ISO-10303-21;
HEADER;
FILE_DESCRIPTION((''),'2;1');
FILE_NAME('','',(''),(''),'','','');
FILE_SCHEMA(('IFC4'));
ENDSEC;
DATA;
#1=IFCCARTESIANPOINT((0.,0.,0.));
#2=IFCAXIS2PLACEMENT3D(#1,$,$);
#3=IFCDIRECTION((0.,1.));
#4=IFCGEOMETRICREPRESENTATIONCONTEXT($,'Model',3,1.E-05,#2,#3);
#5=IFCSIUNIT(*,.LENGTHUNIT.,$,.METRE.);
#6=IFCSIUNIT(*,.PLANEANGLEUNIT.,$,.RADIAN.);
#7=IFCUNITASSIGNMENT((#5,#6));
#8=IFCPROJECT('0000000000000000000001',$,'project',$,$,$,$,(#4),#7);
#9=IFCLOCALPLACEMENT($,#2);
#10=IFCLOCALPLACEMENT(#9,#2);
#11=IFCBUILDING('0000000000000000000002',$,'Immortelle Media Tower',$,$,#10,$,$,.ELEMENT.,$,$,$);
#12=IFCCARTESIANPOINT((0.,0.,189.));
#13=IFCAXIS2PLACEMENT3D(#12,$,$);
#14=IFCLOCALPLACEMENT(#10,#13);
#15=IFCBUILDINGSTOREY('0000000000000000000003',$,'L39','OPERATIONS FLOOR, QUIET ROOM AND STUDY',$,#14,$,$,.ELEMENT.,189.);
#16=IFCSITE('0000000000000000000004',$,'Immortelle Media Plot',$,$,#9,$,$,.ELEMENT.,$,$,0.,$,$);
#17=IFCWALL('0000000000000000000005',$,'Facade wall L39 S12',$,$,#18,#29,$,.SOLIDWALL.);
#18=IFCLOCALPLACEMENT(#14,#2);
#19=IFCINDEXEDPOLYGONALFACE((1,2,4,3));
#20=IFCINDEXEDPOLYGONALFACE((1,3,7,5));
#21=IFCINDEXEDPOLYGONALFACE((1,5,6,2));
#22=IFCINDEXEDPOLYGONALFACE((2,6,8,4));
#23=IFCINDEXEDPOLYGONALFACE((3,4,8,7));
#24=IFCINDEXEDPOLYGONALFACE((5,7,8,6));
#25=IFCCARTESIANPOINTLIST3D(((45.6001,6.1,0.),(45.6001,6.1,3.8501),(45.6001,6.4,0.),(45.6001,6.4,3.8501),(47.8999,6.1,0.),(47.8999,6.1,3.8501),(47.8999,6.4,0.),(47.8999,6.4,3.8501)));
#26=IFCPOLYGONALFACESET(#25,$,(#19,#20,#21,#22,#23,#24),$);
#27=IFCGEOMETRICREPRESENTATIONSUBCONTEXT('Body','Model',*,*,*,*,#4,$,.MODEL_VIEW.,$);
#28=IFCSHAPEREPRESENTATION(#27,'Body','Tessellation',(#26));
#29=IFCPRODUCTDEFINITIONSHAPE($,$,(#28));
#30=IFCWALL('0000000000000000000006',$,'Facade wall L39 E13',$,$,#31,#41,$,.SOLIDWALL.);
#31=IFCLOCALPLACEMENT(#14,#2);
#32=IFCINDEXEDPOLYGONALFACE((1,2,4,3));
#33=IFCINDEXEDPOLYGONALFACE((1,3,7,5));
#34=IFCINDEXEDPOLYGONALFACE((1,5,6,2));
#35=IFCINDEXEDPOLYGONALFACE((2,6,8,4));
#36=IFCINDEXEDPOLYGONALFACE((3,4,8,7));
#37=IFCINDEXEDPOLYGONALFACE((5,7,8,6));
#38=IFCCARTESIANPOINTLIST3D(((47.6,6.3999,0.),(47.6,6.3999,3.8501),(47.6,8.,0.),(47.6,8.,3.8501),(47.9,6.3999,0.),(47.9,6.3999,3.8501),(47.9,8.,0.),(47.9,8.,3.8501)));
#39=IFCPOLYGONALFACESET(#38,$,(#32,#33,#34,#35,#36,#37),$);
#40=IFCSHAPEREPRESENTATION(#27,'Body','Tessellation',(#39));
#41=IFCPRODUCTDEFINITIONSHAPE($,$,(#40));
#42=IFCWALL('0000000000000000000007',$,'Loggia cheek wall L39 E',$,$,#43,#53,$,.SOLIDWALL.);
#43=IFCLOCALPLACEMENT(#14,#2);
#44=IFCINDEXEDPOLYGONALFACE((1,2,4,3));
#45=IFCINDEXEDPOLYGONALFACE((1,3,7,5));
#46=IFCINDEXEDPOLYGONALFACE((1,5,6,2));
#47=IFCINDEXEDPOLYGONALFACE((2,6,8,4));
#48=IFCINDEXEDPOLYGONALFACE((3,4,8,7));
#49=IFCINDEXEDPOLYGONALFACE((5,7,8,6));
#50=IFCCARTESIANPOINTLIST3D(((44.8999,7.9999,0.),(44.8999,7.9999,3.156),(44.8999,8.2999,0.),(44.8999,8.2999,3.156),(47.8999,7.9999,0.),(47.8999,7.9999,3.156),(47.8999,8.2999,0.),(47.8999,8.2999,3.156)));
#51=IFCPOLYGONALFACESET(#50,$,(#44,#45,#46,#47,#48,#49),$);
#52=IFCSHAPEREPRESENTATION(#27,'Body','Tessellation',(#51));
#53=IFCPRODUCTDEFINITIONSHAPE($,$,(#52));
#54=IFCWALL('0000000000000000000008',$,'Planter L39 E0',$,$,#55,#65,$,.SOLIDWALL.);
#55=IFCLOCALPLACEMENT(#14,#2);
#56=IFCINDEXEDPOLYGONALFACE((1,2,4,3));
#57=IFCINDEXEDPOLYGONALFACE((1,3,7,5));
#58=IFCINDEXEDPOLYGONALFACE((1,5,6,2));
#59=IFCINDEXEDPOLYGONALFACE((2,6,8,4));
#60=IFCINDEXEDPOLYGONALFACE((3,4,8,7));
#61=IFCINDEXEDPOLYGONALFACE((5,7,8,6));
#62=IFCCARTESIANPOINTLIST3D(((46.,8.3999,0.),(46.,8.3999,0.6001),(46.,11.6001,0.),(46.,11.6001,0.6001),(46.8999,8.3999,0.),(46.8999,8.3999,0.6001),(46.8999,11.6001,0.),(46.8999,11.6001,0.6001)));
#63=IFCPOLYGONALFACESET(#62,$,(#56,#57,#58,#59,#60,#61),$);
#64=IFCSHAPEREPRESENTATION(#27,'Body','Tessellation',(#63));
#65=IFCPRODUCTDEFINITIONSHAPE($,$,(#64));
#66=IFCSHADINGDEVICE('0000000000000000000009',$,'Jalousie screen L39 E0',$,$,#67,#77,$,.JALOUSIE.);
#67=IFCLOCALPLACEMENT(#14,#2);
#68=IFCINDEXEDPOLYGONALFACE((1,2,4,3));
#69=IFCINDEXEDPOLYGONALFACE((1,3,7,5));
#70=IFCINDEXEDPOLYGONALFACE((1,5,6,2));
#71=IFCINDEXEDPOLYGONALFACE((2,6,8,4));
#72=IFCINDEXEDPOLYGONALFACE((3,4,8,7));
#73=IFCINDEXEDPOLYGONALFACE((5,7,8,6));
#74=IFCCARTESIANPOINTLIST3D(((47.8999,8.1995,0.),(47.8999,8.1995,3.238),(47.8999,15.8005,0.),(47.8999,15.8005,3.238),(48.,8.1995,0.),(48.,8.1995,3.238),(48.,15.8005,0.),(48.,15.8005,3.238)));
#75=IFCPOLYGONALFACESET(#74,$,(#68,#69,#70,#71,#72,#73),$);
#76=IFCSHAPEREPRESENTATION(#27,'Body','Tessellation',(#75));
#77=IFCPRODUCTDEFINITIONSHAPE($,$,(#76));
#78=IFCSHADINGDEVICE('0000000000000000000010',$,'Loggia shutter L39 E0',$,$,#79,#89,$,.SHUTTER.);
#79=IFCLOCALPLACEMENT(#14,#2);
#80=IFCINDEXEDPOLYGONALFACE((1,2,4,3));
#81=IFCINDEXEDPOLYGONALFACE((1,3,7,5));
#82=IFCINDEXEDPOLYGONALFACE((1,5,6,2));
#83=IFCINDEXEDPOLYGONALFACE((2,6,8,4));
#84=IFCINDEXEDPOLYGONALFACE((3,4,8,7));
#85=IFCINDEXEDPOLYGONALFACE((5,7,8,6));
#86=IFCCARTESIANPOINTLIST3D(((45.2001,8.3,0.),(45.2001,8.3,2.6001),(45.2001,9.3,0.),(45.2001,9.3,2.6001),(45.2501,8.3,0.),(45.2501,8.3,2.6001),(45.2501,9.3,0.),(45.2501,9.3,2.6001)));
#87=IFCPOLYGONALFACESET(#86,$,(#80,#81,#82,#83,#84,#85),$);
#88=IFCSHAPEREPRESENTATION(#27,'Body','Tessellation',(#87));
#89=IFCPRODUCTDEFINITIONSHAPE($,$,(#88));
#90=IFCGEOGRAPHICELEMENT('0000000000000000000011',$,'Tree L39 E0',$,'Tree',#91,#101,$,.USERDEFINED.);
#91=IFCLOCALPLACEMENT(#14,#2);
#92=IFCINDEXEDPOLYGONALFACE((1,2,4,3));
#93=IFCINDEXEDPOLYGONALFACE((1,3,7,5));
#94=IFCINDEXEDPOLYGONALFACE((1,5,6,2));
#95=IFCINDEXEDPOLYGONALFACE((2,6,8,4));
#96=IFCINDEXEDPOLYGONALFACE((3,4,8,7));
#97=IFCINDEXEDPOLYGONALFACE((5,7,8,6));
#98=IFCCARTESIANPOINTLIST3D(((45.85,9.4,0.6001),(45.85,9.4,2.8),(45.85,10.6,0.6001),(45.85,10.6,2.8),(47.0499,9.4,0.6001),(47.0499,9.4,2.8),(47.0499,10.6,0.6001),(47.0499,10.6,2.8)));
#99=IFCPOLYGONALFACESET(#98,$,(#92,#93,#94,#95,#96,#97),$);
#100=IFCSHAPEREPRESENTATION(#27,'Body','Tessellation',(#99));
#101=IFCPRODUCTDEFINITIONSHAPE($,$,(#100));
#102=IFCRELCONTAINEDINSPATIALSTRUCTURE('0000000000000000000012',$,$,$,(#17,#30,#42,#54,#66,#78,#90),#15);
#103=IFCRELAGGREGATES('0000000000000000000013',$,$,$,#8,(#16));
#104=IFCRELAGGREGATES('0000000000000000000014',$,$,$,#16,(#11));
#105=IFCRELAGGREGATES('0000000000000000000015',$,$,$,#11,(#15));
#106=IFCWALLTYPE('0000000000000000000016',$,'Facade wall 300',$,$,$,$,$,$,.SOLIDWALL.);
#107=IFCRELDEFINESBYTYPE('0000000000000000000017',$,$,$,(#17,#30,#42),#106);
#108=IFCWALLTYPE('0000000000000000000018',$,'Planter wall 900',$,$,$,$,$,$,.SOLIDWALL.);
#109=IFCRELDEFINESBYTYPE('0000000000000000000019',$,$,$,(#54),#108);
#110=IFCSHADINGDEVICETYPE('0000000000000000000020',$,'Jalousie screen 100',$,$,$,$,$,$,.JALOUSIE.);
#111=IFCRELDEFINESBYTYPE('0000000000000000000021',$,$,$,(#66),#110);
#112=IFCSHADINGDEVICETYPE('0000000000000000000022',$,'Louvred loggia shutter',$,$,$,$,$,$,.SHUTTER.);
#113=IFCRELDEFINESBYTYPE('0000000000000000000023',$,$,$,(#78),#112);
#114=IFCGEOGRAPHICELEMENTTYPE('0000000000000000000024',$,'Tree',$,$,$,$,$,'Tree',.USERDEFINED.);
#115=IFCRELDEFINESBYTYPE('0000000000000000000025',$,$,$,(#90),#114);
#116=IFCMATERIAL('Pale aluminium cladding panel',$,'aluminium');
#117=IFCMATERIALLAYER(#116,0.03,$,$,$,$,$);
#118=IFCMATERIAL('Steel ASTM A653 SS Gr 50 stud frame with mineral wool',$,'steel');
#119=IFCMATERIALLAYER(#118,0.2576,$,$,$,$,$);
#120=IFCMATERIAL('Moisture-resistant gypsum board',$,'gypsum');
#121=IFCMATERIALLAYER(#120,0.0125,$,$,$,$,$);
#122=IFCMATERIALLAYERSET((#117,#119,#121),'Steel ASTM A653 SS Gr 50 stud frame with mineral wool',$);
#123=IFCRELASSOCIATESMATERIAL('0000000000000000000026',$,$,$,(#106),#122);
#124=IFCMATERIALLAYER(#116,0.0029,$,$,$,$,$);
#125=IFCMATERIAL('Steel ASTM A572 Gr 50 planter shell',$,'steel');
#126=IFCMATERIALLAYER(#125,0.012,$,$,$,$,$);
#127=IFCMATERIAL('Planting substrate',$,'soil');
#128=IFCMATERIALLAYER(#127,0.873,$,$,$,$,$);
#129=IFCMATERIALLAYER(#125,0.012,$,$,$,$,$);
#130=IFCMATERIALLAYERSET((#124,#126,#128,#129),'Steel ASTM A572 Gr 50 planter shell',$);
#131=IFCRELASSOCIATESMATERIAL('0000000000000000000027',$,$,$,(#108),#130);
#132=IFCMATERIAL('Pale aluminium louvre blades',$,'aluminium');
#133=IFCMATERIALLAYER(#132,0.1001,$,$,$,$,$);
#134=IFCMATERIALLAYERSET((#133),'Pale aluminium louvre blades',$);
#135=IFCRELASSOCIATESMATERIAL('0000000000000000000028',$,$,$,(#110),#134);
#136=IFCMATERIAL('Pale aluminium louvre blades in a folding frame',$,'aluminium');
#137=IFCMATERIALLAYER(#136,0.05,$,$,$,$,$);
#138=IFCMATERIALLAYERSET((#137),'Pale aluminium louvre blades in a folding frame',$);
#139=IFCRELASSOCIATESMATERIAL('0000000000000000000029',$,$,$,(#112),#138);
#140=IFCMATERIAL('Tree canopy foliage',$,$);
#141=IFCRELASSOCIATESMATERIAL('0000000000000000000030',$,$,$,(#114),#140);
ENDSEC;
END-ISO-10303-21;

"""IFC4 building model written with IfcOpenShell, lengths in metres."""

from ifc_helpers import new_model, si_unit, direction, frame, frame_2d, origin, origin_2d, place, context, subcontext, project, spatial, rectangle, extrude, material, layer, layer_set, type_object, element, save


model = new_model("IFC4")

# Units and contexts
model_context = context("Model", 3, precision=1e-05, world=origin(), true_north=direction((0.0, 1.0)))
body_context = subcontext(model_context, "Body", "Model", "MODEL_VIEW")
ifc_project = project(units=[si_unit("LENGTHUNIT", "METRE"), si_unit("PLANEANGLEUNIT", "RADIAN")], contexts=[model_context])

# Site, building, storey
site_placement = place(None, origin())
site = spatial("IfcSite", under=ifc_project, at=site_placement, Name="Immortelle Media Plot", CompositionType="ELEMENT", RefElevation=0.0)
building_placement = place(site_placement, origin())
building = spatial("IfcBuilding", under=site, at=building_placement, Name="Immortelle Media Tower", CompositionType="ELEMENT")
storey_placement = place(building_placement, frame((0.0, 0.0, 189.0)))
storey = spatial("IfcBuildingStorey", under=building, at=storey_placement, Name="L39", Description="OPERATIONS FLOOR, QUIET ROOM AND STUDY", CompositionType="ELEMENT", Elevation=189.0)

# Walls
ifc_material_1 = material(Name="Pale aluminium cladding panel", Category="aluminium")
ifc_layer_1 = layer(ifc_material_1, 0.03)
ifc_material_2 = material(Name="Steel ASTM A653 SS Gr 50 stud frame with mineral wool", Category="steel")
ifc_layer_2 = layer(ifc_material_2, 0.2576)
ifc_material_3 = material(Name="Moisture-resistant gypsum board", Category="gypsum")
ifc_layer_3 = layer(ifc_material_3, 0.0125)
ifc_layer_set_1 = layer_set([ifc_layer_1, ifc_layer_2, ifc_layer_3], Name="Steel ASTM A653 SS Gr 50 stud frame with mineral wool")
wall_type_1 = type_object("IfcWallType", Name="Facade wall 300", PredefinedType="SOLIDWALL", material=ifc_layer_set_1)
wall_1_placement = place(storey_placement, frame((45.6001, 6.25, 0.0), z_axis=(0.0, 0.0, 1.0), x_axis=(1.0, 0.0, 0.0)))
element("IfcWall", 1, at=wall_1_placement, inside=storey, type_object=wall_type_1, Name="Facade wall L39 S12", PredefinedType="SOLIDWALL", context=body_context, shape_type="SweptSolid", body=[
    extrude(rectangle(XDim=2.2998, YDim=0.3, at=frame_2d((1.1499, 0.0))), origin(), (0.0, 0.0, 1.0), 3.8501),
])
wall_2_placement = place(storey_placement, frame((47.75, 6.3999, 0.0), z_axis=(0.0, 0.0, 1.0), x_axis=(0.0, 1.0, 0.0)))
element("IfcWall", 2, at=wall_2_placement, inside=storey, type_object=wall_type_1, Name="Facade wall L39 E13", PredefinedType="SOLIDWALL", context=body_context, shape_type="SweptSolid", body=[
    extrude(rectangle(XDim=1.6001, YDim=0.3, at=frame_2d((0.8, 0.0))), origin(), (0.0, 0.0, 1.0), 3.8501),
])

# Walls
wall_3_placement = place(storey_placement, frame((47.8999, 8.1499, 0.0), z_axis=(0.0, 0.0, 1.0), x_axis=(-1.0, 0.0, 0.0)))
element("IfcWall", 3, at=wall_3_placement, inside=storey, type_object=wall_type_1, Name="Loggia cheek wall L39 E", PredefinedType="SOLIDWALL", context=body_context, shape_type="SweptSolid", body=[
    extrude(rectangle(XDim=3.0, YDim=0.3, at=frame_2d((1.5, 0.0))), origin(), (0.0, 0.0, 1.0), 3.156),
])
ifc_layer_4 = layer(ifc_material_1, 0.0029)
ifc_material_4 = material(Name="Steel ASTM A572 Gr 50 planter shell", Category="steel")
ifc_layer_5 = layer(ifc_material_4, 0.012)
ifc_material_5 = material(Name="Planting substrate", Category="soil")
ifc_layer_6 = layer(ifc_material_5, 0.873)
ifc_layer_7 = layer(ifc_material_4, 0.012)
ifc_layer_set_2 = layer_set([ifc_layer_4, ifc_layer_5, ifc_layer_6, ifc_layer_7], Name="Steel ASTM A572 Gr 50 planter shell")
wall_type_2 = type_object("IfcWallType", Name="Planter wall 900", PredefinedType="SOLIDWALL", material=ifc_layer_set_2)
wall_4_placement = place(storey_placement, frame((46.45, 8.3999, 0.0), z_axis=(0.0, 0.0, 1.0), x_axis=(0.0, 1.0, 0.0)))
element("IfcWall", 4, at=wall_4_placement, inside=storey, type_object=wall_type_2, Name="Planter L39 E0", PredefinedType="SOLIDWALL", context=body_context, shape_type="SweptSolid", body=[
    extrude(rectangle(XDim=3.2002, YDim=0.8999, at=frame_2d((1.6001, 0.0))), origin(), (0.0, 0.0, 1.0), 0.6001),
])

# Shading devices
ifc_material_6 = material(Name="Pale aluminium louvre blades", Category="aluminium")
ifc_layer_8 = layer(ifc_material_6, 0.1001)
ifc_layer_set_3 = layer_set([ifc_layer_8], Name="Pale aluminium louvre blades")
shading_device_type_1 = type_object("IfcShadingDeviceType", Name="Jalousie screen 100", PredefinedType="JALOUSIE", material=ifc_layer_set_3)
shading_device_1_placement = place(storey_placement, frame((47.95, 12.0, 0.0), z_axis=(0.0, 0.0, 1.0), x_axis=(0.0, 1.0, 0.0)))
element("IfcShadingDevice", 5, at=shading_device_1_placement, inside=storey, type_object=shading_device_type_1, Name="Jalousie screen L39 E0", PredefinedType="JALOUSIE", context=body_context, shape_type="SweptSolid", body=[
    extrude(rectangle(XDim=7.6011, YDim=0.1001, at=origin_2d()), origin(), (0.0, 0.0, 1.0), 3.238),
])
ifc_material_7 = material(Name="Pale aluminium louvre blades in a folding frame", Category="aluminium")
ifc_layer_9 = layer(ifc_material_7, 0.05)
ifc_layer_set_4 = layer_set([ifc_layer_9], Name="Pale aluminium louvre blades in a folding frame")
shading_device_type_2 = type_object("IfcShadingDeviceType", Name="Louvred loggia shutter", PredefinedType="SHUTTER", material=ifc_layer_set_4)
shading_device_2_placement = place(storey_placement, frame((45.2251, 8.8, 0.0), z_axis=(0.0, 0.0, 1.0), x_axis=(0.0, 1.0, 0.0)))
element("IfcShadingDevice", 6, at=shading_device_2_placement, inside=storey, type_object=shading_device_type_2, Name="Loggia shutter L39 E0", PredefinedType="SHUTTER", context=body_context, shape_type="SweptSolid", body=[
    extrude(rectangle(XDim=1.0, YDim=0.05, at=origin_2d()), origin(), (0.0, 0.0, 1.0), 2.6001),
])

# Geographic element
ifc_material_8 = material(Name="Tree canopy foliage")
geographic_element_type = type_object("IfcGeographicElementType", Name="Tree", ElementType="Tree", PredefinedType="USERDEFINED", material=ifc_material_8)
geographic_element_placement = place(storey_placement, frame((46.45, 10.0, 0.6001), z_axis=(0.0, 0.0, 1.0), x_axis=(1.0, 0.0, 0.0)))
element("IfcGeographicElement", 7, at=geographic_element_placement, inside=storey, type_object=geographic_element_type, Name="Tree L39 E0", ObjectType="Tree", PredefinedType="USERDEFINED", context=body_context, shape_type="SweptSolid", body=[
    extrude(rectangle(XDim=1.2, YDim=1.2, at=origin_2d()), origin(), (0.0, 0.0, 1.0), 2.2),
])

save(model, "model.ifc")
